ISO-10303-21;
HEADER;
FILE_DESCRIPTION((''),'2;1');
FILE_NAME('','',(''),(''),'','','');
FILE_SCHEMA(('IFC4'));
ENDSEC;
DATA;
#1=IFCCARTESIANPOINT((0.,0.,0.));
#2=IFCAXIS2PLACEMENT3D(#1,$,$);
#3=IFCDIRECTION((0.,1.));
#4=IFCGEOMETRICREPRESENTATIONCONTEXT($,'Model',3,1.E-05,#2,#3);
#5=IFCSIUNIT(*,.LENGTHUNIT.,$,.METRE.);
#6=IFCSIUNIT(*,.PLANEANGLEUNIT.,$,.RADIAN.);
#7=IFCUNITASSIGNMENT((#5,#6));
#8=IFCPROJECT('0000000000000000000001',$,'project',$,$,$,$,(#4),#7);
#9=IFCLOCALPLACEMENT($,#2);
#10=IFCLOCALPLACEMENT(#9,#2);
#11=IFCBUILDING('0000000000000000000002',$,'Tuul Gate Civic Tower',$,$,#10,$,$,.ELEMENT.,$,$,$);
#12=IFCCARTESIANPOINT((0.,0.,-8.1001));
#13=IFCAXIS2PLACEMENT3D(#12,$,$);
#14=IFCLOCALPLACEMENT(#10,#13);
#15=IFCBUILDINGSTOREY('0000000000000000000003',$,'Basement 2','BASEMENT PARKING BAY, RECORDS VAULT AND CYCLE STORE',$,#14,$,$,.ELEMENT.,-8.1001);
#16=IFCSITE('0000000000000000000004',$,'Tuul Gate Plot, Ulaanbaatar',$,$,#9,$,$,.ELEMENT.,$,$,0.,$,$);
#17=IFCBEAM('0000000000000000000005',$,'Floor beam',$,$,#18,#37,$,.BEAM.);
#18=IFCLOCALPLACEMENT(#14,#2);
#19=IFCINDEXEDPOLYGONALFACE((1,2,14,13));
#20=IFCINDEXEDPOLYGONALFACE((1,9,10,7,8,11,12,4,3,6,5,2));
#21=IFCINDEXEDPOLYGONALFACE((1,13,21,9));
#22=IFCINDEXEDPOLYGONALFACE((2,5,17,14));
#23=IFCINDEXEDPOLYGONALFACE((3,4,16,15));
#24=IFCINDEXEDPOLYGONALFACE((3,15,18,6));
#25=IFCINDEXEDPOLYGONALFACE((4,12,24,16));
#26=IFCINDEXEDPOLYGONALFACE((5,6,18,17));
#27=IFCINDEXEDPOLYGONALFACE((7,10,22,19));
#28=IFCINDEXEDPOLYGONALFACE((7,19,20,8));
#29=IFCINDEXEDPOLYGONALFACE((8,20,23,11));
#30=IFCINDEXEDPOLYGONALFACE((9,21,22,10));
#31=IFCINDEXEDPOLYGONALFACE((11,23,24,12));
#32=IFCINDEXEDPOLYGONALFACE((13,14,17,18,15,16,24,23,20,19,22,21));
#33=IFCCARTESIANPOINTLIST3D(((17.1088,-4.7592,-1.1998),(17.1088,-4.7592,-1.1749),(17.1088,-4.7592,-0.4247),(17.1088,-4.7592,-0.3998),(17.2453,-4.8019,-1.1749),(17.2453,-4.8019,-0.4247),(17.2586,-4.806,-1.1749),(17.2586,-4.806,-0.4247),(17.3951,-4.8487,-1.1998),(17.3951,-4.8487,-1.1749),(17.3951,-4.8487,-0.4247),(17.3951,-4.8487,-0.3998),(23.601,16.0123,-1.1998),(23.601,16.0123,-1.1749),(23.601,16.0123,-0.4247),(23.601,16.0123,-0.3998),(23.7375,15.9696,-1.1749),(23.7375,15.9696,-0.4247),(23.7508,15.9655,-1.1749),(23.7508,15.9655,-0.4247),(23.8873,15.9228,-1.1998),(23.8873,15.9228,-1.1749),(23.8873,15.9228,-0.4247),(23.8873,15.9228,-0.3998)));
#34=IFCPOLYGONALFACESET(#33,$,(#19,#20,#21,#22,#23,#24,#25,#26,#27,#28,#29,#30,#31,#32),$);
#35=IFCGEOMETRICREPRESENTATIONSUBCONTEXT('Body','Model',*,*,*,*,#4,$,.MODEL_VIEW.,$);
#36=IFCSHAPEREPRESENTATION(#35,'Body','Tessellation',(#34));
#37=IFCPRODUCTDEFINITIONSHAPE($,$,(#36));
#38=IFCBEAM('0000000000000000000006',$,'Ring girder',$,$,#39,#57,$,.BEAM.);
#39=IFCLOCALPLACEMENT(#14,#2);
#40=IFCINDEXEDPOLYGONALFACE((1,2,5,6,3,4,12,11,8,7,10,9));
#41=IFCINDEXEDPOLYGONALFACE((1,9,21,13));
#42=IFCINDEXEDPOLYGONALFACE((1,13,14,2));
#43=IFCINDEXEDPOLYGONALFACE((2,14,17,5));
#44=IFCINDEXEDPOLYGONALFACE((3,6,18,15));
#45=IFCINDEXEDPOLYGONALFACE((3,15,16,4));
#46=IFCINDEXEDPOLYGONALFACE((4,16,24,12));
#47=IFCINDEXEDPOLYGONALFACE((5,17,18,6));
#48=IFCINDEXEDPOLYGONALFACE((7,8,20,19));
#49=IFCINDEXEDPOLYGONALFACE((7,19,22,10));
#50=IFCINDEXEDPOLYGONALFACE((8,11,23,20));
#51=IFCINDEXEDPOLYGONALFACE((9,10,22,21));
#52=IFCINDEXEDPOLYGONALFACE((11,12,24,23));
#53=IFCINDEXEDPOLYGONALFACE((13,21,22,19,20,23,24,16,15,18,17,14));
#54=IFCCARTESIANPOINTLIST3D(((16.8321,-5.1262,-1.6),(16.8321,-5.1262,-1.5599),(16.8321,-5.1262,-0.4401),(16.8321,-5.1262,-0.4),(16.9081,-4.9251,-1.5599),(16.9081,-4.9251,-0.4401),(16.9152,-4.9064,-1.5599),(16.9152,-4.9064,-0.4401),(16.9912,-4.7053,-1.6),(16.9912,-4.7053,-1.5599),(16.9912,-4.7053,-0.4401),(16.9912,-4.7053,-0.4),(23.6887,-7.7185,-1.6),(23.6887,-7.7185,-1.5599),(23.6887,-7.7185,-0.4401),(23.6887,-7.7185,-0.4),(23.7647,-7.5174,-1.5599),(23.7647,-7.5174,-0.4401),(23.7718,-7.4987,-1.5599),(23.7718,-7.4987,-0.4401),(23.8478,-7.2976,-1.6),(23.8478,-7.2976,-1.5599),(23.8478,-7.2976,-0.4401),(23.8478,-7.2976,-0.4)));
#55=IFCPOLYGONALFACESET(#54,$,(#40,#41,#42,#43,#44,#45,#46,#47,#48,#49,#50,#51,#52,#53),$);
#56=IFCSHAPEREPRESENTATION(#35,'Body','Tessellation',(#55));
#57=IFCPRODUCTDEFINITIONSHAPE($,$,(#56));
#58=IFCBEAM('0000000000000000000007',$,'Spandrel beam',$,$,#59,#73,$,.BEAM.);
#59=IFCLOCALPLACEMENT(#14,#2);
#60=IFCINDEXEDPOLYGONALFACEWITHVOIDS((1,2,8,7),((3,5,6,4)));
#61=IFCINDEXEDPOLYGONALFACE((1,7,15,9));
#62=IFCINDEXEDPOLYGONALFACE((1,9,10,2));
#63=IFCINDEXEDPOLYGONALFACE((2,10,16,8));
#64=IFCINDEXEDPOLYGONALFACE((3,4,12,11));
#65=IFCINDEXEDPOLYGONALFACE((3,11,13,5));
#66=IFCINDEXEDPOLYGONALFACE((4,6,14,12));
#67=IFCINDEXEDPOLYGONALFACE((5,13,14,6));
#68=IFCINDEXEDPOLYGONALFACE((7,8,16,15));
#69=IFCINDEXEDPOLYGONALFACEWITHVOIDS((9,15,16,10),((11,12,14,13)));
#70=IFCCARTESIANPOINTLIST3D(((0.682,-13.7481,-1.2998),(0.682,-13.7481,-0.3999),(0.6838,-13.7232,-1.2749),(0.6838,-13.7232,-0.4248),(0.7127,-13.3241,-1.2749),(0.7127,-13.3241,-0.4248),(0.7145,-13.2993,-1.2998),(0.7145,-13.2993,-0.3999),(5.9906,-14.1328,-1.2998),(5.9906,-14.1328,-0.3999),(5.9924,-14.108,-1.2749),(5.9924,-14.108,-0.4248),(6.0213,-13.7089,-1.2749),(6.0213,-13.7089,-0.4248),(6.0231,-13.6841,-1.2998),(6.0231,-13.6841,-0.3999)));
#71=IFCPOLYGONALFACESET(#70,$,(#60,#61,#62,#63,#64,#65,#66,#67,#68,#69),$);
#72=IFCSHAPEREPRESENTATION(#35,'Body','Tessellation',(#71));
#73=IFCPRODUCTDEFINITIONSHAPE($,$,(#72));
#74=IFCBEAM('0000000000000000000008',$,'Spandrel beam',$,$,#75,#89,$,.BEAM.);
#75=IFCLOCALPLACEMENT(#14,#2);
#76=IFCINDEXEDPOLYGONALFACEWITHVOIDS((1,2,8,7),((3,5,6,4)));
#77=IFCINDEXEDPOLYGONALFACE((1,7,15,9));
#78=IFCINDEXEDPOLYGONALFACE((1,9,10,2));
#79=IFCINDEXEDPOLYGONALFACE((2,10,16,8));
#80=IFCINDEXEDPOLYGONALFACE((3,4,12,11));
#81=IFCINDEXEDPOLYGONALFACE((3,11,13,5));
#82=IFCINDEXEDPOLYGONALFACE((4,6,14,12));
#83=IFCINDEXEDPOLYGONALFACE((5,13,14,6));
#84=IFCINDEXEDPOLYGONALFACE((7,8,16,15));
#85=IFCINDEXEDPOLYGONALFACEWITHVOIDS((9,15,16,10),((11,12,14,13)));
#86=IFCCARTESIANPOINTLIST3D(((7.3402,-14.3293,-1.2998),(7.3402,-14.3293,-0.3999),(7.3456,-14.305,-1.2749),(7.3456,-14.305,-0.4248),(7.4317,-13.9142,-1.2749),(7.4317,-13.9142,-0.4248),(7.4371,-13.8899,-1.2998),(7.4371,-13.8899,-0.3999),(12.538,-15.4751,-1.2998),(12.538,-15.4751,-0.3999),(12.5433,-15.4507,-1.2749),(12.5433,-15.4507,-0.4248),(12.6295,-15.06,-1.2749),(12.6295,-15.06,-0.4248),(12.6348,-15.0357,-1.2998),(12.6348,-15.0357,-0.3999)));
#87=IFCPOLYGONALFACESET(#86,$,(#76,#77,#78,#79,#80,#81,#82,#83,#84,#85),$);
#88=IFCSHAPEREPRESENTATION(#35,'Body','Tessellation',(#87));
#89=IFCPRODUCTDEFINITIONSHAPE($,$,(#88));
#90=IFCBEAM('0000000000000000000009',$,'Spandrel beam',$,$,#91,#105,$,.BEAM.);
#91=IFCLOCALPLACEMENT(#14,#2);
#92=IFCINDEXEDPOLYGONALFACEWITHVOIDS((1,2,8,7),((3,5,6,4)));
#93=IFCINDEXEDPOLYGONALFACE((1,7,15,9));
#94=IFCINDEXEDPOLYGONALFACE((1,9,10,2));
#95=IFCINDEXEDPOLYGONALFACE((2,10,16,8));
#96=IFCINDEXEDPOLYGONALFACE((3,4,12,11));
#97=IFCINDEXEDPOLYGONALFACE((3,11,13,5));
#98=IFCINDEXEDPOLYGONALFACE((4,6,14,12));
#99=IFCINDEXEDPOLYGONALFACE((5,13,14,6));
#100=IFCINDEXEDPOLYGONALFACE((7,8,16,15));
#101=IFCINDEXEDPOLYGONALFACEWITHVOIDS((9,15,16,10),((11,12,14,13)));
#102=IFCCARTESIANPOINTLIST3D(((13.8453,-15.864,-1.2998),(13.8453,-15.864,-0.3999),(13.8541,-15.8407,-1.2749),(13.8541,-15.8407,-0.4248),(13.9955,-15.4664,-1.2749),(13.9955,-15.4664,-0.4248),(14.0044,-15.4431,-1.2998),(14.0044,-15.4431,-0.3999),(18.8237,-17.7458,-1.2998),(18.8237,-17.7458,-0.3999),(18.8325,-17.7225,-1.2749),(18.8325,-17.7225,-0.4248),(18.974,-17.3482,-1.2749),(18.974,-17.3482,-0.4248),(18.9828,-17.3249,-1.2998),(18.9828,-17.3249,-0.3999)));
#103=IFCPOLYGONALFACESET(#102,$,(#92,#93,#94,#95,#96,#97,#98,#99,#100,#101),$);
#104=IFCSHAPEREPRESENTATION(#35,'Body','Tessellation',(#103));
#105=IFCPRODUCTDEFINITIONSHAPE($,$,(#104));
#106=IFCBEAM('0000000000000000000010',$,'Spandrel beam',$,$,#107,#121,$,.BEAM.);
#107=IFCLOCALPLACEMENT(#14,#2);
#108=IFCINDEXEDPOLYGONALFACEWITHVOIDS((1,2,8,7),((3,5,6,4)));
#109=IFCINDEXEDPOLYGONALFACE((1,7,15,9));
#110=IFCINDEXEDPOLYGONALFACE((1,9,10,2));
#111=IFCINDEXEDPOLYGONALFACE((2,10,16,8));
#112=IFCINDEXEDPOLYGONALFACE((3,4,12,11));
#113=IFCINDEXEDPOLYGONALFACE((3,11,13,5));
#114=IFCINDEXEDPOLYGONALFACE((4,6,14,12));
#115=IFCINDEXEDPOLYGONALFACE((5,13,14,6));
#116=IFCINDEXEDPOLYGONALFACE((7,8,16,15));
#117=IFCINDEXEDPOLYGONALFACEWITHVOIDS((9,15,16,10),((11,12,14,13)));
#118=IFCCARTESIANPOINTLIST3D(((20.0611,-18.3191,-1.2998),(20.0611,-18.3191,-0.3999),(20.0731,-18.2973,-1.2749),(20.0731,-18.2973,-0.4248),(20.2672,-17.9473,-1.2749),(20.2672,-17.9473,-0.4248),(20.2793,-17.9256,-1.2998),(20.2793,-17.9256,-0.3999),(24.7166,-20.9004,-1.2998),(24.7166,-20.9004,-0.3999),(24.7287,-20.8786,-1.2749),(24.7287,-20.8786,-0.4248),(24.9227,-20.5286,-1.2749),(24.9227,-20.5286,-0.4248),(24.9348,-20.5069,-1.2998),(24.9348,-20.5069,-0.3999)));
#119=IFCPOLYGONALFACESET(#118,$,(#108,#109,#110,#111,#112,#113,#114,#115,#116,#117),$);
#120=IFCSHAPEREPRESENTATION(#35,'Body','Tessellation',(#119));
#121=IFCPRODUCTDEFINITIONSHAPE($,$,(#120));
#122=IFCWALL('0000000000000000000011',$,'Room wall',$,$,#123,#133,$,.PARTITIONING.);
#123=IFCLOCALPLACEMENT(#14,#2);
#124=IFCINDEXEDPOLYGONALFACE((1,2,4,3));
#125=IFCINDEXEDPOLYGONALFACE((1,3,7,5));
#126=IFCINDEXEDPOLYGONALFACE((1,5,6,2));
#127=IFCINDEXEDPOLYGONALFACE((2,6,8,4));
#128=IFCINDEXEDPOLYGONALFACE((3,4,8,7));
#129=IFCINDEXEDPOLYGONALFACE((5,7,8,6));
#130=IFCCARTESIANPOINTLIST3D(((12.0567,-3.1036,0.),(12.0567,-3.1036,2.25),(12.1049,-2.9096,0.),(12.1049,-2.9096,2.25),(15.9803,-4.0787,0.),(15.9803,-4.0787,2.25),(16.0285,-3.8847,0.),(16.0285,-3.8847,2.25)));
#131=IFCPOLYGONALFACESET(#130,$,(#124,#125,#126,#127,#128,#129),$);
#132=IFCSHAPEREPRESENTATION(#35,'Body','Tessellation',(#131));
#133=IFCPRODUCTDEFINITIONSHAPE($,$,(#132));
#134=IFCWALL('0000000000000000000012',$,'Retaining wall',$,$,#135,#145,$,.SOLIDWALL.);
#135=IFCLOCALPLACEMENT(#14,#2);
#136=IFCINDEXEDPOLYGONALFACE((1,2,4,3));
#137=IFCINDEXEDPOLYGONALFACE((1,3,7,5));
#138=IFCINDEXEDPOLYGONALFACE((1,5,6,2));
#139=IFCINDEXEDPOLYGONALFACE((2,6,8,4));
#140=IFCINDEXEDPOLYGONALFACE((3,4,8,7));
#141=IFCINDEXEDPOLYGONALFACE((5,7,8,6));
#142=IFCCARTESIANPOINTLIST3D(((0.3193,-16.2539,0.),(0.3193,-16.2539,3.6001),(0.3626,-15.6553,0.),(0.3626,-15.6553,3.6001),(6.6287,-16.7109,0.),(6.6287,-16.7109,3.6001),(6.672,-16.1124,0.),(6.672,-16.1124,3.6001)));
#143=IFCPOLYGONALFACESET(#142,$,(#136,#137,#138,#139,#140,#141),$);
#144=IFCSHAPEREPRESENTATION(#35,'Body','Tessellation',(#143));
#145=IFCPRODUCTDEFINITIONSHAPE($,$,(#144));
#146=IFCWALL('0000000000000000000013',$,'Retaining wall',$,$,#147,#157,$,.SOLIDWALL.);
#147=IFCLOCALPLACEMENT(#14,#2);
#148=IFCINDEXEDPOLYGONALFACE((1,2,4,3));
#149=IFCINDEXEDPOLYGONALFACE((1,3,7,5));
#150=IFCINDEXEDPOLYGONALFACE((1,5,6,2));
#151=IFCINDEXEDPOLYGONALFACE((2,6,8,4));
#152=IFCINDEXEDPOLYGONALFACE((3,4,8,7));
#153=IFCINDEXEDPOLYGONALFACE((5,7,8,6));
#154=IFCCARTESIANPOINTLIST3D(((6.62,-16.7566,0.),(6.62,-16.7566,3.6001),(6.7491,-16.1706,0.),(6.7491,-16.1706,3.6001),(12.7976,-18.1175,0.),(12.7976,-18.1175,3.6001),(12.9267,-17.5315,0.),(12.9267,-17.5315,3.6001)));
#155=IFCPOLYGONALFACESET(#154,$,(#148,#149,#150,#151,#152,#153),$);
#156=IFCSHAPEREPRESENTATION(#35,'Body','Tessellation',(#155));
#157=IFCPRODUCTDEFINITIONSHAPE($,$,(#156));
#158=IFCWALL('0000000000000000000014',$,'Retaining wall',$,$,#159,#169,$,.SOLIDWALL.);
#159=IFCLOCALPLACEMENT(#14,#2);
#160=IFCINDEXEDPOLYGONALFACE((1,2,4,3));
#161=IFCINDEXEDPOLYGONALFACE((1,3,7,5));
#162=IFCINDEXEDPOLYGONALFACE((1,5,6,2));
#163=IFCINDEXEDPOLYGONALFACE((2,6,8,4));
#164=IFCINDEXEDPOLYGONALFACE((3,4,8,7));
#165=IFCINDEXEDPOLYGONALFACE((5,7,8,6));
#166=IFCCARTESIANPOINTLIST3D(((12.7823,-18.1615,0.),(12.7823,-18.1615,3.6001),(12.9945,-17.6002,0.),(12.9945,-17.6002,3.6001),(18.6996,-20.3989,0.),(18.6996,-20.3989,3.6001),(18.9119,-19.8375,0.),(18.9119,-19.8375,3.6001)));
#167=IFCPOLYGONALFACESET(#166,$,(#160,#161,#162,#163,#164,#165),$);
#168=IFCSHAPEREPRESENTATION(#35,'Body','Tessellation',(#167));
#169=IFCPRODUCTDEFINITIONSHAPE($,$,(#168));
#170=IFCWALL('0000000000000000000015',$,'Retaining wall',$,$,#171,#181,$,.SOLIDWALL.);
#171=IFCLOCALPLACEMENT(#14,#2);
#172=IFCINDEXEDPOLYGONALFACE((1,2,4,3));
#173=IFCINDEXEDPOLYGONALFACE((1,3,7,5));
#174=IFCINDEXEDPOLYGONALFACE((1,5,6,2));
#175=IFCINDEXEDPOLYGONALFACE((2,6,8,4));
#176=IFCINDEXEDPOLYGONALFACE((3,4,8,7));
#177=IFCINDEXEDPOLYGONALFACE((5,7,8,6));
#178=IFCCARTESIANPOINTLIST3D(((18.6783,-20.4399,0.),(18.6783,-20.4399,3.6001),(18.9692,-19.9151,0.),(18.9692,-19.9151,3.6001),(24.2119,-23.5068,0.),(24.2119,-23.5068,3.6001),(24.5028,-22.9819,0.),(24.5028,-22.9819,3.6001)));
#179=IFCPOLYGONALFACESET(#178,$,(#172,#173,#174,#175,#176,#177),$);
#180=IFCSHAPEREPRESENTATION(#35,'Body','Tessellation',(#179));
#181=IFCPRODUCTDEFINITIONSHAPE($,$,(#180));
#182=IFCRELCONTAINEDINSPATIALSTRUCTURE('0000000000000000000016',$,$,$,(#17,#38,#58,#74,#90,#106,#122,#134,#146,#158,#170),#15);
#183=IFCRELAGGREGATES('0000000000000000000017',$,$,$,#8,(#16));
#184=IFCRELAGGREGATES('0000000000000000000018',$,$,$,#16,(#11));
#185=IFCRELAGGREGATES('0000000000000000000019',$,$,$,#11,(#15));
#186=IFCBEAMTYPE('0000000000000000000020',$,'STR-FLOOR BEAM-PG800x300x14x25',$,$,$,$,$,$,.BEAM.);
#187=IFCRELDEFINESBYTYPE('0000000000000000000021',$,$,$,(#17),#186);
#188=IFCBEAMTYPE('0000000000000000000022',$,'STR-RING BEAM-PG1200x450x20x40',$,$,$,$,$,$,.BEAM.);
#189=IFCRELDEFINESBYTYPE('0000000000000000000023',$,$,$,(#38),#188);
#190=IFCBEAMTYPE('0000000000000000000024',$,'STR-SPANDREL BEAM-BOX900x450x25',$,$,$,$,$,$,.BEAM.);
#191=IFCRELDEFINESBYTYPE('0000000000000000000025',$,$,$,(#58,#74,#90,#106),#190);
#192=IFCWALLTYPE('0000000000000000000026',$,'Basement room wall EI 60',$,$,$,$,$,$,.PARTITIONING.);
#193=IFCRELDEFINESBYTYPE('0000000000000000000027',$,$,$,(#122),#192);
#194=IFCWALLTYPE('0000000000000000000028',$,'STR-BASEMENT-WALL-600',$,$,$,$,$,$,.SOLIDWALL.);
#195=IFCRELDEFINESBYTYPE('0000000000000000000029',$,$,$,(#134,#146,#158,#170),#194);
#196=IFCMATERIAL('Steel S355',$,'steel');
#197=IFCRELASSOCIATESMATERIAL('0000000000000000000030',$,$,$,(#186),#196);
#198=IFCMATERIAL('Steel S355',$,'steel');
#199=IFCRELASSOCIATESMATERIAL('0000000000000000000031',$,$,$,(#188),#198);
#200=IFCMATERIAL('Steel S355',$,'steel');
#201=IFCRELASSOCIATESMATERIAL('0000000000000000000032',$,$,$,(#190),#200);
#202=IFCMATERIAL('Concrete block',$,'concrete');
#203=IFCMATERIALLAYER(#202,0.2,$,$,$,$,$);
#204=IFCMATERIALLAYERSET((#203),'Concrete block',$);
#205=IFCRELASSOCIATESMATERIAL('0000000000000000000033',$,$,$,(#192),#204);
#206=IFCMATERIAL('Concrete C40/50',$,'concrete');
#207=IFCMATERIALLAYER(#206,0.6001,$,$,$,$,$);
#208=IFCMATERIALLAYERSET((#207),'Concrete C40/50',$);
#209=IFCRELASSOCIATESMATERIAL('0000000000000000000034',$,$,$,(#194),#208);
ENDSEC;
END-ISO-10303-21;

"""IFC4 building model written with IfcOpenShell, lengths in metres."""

from ifc_helpers import new_model, si_unit, direction, frame, frame_2d, origin, origin_2d, place, context, subcontext, project, spatial, rectangle, hollow_rectangle, i_section, extrude, material, layer, layer_set, material_profile, profile_set, type_object, element, save


model = new_model("IFC4")

# Units and contexts
model_context = context("Model", 3, precision=1e-05, world=origin(), true_north=direction((0.0, 1.0)))
body_context = subcontext(model_context, "Body", "Model", "MODEL_VIEW")
ifc_project = project(units=[si_unit("LENGTHUNIT", "METRE"), si_unit("PLANEANGLEUNIT", "RADIAN")], contexts=[model_context])

# Site, building, storey
site_placement = place(None, origin())
site = spatial("IfcSite", under=ifc_project, at=site_placement, Name="Tuul Gate Plot, Ulaanbaatar", CompositionType="ELEMENT", RefElevation=0.0)
building_placement = place(site_placement, origin())
building = spatial("IfcBuilding", under=site, at=building_placement, Name="Tuul Gate Civic Tower", CompositionType="ELEMENT")
storey_placement = place(building_placement, frame((0.0, 0.0, -8.1001)))
storey = spatial("IfcBuildingStorey", under=building, at=storey_placement, Name="Basement 2", Description="BASEMENT PARKING BAY, RECORDS VAULT AND CYCLE STORE", CompositionType="ELEMENT", Elevation=-8.1001)

# Beams
ifc_material_1 = material(Name="Steel S355", Category="steel")
ifc_material_profile_1 = material_profile(ifc_material_1, i_section(OverallWidth=0.3, OverallDepth=0.8, WebThickness=0.0139, FlangeThickness=0.0249, at=origin_2d()), Name="PG800x300x14x25")
ifc_profile_set_1 = profile_set([ifc_material_profile_1], Name="Steel S355")
beam_type_1 = type_object("IfcBeamType", Name="STR-FLOOR BEAM-PG800x300x14x25", PredefinedType="BEAM", material=ifc_profile_set_1)
beam_1_placement = place(storey_placement, frame((17.252, -4.804, -0.7998), z_axis=(0.298321, 0.954466, 0.0), x_axis=(-0.954466, 0.298321, 0.0)))
element("IfcBeam", 1, at=beam_1_placement, inside=storey, type_object=beam_type_1, Name="Floor beam", PredefinedType="BEAM", context=body_context, shape_type="SweptSolid", body=[
    extrude(i_section(OverallWidth=0.3, OverallDepth=0.8, WebThickness=0.0139, FlangeThickness=0.0249, at=origin_2d()), origin(), (0.0, 0.0, 1.0), 21.7625),
])
ifc_material_2 = material(Name="Steel S355", Category="steel")
ifc_material_profile_2 = material_profile(ifc_material_2, i_section(OverallWidth=0.45, OverallDepth=1.2, WebThickness=0.02, FlangeThickness=0.04, at=origin_2d()), Name="PG1200x450x20x40")
ifc_profile_set_2 = profile_set([ifc_material_profile_2], Name="Steel S355")
beam_type_2 = type_object("IfcBeamType", Name="STR-RING BEAM-PG1200x450x20x40", PredefinedType="BEAM", material=ifc_profile_set_2)
beam_2_placement = place(storey_placement, frame((16.9116, -4.9158, -1.0), z_axis=(0.935383, -0.353637, 0.0), x_axis=(0.353637, 0.935383, 0.0)))
element("IfcBeam", 2, at=beam_2_placement, inside=storey, type_object=beam_type_2, Name="Ring girder", PredefinedType="BEAM", context=body_context, shape_type="SweptSolid", body=[
    extrude(i_section(OverallWidth=0.45, OverallDepth=1.2, WebThickness=0.02, FlangeThickness=0.04, at=origin_2d()), origin(), (0.0, 0.0, 1.0), 7.3303),
])
ifc_material_3 = material(Name="Steel S355", Category="steel")
ifc_material_profile_3 = material_profile(ifc_material_3, hollow_rectangle(XDim=0.45, YDim=0.8999, WallThickness=0.0249, at=origin_2d()), Name="BOX900x450x25")
ifc_profile_set_3 = profile_set([ifc_material_profile_3], Name="Steel S355")
beam_type_3 = type_object("IfcBeamType", Name="STR-SPANDREL BEAM-BOX900x450x25", PredefinedType="BEAM", material=ifc_profile_set_3)
for number, where, z_axis, x_axis, name in (
    (3, (0.6982, -13.5237, -0.8499), (0.997384, -0.07229, 0.0), (0.07229, 0.997384, 0.0), "Spandrel beam"),
    (4, (7.3887, -14.1096, -0.8499), (0.976556, -0.215264, 0.0), (0.215264, 0.976556, 0.0), "Spandrel beam"),
):
    element("IfcBeam", number, at=place(storey_placement, frame(where, z_axis=z_axis, x_axis=x_axis)), inside=storey, type_object=beam_type_3, Name=name, PredefinedType="BEAM", context=body_context, shape_type="SweptSolid", body=[
        extrude(hollow_rectangle(XDim=0.45, YDim=0.8999, WallThickness=0.0249, at=origin_2d()), origin(), (0.0, 0.0, 1.0), 5.3225),
    ])
beam_3_placement = place(storey_placement, frame((13.9248, -15.6536, -0.8499), z_axis=(0.935406, -0.353575, 0.0), x_axis=(0.353575, 0.935406, 0.0)))
element("IfcBeam", 5, at=beam_3_placement, inside=storey, type_object=beam_type_3, Name="Spandrel beam", PredefinedType="BEAM", context=body_context, shape_type="SweptSolid", body=[
    extrude(hollow_rectangle(XDim=0.45, YDim=0.8999, WallThickness=0.0249, at=origin_2d()), origin(), (0.0, 0.0, 1.0), 5.3223),
])
beam_4_placement = place(storey_placement, frame((20.1702, -18.1223, -0.8499), z_axis=(0.874564, -0.484911, 0.0), x_axis=(0.484911, 0.874564, 0.0)))
element("IfcBeam", 6, at=beam_4_placement, inside=storey, type_object=beam_type_3, Name="Spandrel beam", PredefinedType="BEAM", context=body_context, shape_type="SweptSolid", body=[
    extrude(hollow_rectangle(XDim=0.45, YDim=0.8999, WallThickness=0.0249, at=origin_2d()), origin(), (0.0, 0.0, 1.0), 5.3232),
])

# Walls
ifc_material_4 = material(Name="Concrete block", Category="concrete")
ifc_layer_1 = layer(ifc_material_4, 0.2)
ifc_layer_set_1 = layer_set([ifc_layer_1], Name="Concrete block")
wall_type_1 = type_object("IfcWallType", Name="Basement room wall EI 60", PredefinedType="PARTITIONING", material=ifc_layer_set_1)
wall_1_placement = place(storey_placement, frame((16.0044, -3.9817, 0.0), z_axis=(0.0, 0.0, 1.0), x_axis=(-0.970479, 0.241186, 0.0)))
element("IfcWall", 7, at=wall_1_placement, inside=storey, type_object=wall_type_1, Name="Room wall", PredefinedType="PARTITIONING", context=body_context, shape_type="SweptSolid", body=[
    extrude(rectangle(XDim=4.043, YDim=0.2, at=frame_2d((2.0215, 0.0))), origin(), (0.0, 0.0, 1.0), 2.25),
])
ifc_material_5 = material(Name="Concrete C40/50", Category="concrete")
ifc_layer_2 = layer(ifc_material_5, 0.6001)
ifc_layer_set_2 = layer_set([ifc_layer_2], Name="Concrete C40/50")
wall_type_2 = type_object("IfcWallType", Name="STR-BASEMENT-WALL-600", PredefinedType="SOLIDWALL", material=ifc_layer_set_2)
wall_2_placement = place(storey_placement, frame((0.3408, -15.9546, 0.0), z_axis=(0.0, 0.0, 1.0), x_axis=(0.997387, -0.072248, 0.0)))
element("IfcWall", 8, at=wall_2_placement, inside=storey, type_object=wall_type_2, Name="Retaining wall", PredefinedType="SOLIDWALL", context=body_context, shape_type="SweptSolid", body=[
    extrude(rectangle(XDim=6.3259, YDim=0.6001, at=frame_2d((3.1631, 0.0))), origin(), (0.0, 0.0, 1.0), 3.6001),
])
wall_3_placement = place(storey_placement, frame((6.6846, -16.4636, 0.0), z_axis=(0.0, 0.0, 1.0), x_axis=(0.976585, -0.215132, 0.0)))
element("IfcWall", 9, at=wall_3_placement, inside=storey, type_object=wall_type_2, Name="Retaining wall", PredefinedType="SOLIDWALL", context=body_context, shape_type="SweptSolid", body=[
    extrude(rectangle(XDim=6.3257, YDim=0.6001, at=frame_2d((3.1628, 0.0))), origin(), (0.0, 0.0, 1.0), 3.6001),
])
wall_4_placement = place(storey_placement, frame((12.8884, -17.8809, 0.0), z_axis=(0.0, 0.0, 1.0), x_axis=(0.935373, -0.353664, 0.0)))
element("IfcWall", 10, at=wall_4_placement, inside=storey, type_object=wall_type_2, Name="Retaining wall", PredefinedType="SOLIDWALL", context=body_context, shape_type="SweptSolid", body=[
    extrude(rectangle(XDim=6.3262, YDim=0.6001, at=frame_2d((3.1631, 0.0))), origin(), (0.0, 0.0, 1.0), 3.6001),
])
wall_5_placement = place(storey_placement, frame((18.8237, -20.1775, 0.0), z_axis=(0.0, 0.0, 1.0), x_axis=(0.874652, -0.484751, 0.0)))
element("IfcWall", 11, at=wall_5_placement, inside=storey, type_object=wall_type_2, Name="Retaining wall", PredefinedType="SOLIDWALL", context=body_context, shape_type="SweptSolid", body=[
    extrude(rectangle(XDim=6.3267, YDim=0.6001, at=frame_2d((3.1633, 0.0))), origin(), (0.0, 0.0, 1.0), 3.6001),
])

save(model, "model.ifc")
